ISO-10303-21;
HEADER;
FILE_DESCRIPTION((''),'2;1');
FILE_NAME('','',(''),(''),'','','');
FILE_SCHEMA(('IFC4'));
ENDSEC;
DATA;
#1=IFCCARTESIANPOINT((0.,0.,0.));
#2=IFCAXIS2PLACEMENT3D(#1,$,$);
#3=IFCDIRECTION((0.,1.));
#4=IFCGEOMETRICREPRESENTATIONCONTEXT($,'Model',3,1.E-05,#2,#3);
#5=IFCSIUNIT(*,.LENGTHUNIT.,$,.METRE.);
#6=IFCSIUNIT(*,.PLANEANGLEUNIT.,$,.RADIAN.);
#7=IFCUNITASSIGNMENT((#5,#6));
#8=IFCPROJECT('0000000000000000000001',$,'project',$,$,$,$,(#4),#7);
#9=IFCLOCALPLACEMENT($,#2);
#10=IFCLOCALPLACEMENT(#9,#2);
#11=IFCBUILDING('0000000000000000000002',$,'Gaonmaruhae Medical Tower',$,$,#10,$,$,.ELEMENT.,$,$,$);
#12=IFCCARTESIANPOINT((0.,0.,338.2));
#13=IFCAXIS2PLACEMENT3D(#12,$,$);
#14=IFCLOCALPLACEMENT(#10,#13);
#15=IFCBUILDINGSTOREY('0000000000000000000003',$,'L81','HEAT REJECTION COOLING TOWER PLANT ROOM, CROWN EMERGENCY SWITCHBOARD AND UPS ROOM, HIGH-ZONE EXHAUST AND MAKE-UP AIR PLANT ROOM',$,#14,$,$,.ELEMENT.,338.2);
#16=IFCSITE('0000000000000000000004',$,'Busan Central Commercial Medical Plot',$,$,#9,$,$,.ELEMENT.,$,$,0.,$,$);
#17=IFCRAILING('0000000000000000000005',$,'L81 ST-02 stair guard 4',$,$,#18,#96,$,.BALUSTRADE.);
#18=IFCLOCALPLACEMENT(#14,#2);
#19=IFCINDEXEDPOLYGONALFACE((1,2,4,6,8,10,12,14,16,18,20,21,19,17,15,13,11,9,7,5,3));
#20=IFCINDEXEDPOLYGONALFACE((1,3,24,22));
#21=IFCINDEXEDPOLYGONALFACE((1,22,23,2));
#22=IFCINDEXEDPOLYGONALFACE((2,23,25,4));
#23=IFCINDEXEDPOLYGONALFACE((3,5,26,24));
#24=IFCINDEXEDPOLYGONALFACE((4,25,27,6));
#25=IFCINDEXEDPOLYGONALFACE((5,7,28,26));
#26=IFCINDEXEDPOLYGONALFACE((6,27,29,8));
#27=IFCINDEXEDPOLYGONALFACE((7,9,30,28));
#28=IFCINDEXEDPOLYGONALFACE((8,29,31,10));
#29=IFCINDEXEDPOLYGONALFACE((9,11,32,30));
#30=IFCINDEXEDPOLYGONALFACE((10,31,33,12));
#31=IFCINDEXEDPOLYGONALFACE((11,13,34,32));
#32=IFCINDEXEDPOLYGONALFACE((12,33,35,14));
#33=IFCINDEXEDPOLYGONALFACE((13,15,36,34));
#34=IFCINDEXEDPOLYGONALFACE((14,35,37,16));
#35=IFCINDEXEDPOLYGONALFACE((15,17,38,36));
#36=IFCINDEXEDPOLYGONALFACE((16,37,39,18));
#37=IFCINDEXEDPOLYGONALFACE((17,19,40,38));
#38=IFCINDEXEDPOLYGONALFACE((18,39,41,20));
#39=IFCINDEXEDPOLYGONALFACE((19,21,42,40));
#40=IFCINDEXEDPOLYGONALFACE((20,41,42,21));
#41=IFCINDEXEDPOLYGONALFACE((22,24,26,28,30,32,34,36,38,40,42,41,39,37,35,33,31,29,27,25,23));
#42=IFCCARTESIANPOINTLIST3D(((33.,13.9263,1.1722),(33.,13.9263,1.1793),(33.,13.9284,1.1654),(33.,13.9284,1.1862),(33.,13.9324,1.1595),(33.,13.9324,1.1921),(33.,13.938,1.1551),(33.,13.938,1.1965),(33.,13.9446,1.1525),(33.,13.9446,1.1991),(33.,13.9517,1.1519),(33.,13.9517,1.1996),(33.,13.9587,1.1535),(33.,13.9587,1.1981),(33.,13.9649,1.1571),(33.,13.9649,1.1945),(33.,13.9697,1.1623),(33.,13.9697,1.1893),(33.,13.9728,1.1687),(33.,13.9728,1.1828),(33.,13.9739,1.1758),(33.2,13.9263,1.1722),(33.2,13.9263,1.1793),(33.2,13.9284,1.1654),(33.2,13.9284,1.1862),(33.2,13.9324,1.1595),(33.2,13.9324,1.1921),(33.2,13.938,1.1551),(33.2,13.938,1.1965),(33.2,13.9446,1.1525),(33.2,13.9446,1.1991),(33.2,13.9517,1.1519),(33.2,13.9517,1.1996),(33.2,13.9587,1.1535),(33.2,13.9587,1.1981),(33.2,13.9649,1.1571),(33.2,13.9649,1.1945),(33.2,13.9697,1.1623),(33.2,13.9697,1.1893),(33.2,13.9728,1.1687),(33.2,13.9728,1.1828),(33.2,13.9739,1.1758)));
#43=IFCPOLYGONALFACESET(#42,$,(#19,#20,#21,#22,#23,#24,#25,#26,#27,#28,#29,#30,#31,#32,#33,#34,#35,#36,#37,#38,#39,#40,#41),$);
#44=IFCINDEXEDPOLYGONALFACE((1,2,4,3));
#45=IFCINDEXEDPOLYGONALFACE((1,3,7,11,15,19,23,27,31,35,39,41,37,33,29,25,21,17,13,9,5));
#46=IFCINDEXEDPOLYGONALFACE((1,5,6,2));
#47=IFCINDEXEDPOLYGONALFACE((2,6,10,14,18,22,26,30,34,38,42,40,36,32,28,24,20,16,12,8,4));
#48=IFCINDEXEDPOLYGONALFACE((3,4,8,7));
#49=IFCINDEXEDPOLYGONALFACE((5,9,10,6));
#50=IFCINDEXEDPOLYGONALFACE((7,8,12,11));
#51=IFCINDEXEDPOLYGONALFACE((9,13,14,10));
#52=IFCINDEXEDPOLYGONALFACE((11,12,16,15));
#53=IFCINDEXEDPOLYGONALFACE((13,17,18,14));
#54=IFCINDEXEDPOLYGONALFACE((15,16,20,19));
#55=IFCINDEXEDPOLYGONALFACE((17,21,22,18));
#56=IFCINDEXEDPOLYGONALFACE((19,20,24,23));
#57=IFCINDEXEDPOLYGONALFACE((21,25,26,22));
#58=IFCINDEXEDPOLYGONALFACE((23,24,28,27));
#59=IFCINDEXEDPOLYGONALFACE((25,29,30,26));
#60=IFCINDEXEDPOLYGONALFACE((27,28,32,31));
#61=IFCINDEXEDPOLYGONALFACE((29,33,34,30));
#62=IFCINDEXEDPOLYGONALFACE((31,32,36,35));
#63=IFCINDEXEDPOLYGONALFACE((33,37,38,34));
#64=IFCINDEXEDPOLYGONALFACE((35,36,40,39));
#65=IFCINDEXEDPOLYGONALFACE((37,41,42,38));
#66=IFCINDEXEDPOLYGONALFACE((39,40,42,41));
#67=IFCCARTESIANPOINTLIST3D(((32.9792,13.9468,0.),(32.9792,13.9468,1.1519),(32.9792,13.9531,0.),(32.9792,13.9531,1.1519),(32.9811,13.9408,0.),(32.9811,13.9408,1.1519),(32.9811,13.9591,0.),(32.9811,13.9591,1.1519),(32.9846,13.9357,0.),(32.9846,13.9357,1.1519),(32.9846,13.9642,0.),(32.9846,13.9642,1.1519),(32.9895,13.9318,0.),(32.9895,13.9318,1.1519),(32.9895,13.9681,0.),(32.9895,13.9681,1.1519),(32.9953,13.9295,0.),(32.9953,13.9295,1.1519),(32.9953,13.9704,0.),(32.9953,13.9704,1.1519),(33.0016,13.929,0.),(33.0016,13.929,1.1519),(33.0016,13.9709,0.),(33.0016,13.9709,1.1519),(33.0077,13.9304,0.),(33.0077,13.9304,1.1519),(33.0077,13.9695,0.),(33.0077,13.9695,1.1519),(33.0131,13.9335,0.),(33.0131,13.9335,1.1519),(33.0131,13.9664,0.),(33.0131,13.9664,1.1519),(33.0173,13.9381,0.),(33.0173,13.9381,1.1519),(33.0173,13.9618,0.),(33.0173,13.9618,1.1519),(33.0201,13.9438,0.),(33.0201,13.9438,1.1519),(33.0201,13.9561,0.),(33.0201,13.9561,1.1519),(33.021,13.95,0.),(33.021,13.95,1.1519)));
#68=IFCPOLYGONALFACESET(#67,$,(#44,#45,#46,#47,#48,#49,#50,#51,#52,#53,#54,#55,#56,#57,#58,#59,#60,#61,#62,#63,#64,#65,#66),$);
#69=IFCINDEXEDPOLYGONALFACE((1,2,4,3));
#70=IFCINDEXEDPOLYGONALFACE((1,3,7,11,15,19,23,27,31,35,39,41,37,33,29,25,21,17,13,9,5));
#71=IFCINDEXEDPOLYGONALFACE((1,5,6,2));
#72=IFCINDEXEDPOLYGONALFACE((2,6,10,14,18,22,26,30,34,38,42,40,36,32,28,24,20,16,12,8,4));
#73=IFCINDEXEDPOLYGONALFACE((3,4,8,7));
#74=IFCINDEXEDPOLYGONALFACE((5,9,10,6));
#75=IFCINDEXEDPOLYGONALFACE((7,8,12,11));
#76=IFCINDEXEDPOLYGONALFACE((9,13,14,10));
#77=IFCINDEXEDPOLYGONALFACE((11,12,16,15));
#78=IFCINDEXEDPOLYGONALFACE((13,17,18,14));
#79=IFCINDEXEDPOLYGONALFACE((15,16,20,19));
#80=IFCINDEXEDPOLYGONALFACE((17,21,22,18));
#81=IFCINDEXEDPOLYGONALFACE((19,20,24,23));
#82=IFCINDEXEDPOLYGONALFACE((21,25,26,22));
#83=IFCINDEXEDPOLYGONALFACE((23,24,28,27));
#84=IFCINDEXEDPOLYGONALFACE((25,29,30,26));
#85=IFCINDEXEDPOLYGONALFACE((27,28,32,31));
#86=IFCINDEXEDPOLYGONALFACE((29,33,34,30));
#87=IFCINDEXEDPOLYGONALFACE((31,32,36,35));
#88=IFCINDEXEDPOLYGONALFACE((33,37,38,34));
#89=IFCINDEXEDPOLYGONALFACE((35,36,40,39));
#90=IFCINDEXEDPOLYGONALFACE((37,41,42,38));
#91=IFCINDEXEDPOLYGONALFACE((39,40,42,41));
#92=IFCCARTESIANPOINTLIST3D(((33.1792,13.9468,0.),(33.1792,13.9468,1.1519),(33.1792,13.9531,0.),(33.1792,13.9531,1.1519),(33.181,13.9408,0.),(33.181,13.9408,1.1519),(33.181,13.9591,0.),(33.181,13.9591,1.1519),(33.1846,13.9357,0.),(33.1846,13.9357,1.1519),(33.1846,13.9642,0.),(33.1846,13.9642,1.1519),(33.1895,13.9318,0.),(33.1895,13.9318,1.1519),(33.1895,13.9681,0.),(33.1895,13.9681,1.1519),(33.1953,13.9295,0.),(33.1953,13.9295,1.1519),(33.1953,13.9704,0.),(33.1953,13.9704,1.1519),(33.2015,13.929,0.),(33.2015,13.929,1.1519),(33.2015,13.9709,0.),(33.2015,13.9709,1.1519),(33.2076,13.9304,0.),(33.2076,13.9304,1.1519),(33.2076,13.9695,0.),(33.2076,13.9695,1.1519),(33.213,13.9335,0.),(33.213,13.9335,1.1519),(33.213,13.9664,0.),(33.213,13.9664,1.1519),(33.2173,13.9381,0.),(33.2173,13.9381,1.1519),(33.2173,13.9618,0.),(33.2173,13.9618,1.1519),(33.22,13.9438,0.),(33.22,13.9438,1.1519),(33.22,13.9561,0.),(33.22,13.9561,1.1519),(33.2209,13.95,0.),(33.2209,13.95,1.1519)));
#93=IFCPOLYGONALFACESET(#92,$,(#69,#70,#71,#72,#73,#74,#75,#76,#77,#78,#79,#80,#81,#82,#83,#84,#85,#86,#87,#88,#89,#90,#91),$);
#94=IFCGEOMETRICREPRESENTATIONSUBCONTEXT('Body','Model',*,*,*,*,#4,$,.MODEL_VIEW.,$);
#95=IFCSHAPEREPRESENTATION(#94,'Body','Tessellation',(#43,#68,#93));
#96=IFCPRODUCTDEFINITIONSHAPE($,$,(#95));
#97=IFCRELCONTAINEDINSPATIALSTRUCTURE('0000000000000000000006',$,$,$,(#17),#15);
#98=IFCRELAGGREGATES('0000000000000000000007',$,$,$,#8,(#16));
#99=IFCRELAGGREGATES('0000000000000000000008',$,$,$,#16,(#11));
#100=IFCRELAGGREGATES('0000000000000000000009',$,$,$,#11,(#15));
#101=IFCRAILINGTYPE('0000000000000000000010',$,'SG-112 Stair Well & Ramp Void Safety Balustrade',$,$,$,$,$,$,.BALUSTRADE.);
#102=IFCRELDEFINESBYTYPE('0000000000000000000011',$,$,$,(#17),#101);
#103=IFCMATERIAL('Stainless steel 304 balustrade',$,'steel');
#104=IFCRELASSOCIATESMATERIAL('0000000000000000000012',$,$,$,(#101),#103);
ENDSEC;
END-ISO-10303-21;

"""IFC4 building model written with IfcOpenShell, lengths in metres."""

from ifc_helpers import new_model, si_unit, direction, frame, origin, origin_2d, place, context, subcontext, project, spatial, circle, extrude, material, type_object, element, save


model = new_model("IFC4")

# Units and contexts
model_context = context("Model", 3, precision=1e-05, world=origin(), true_north=direction((0.0, 1.0)))
body_context = subcontext(model_context, "Body", "Model", "MODEL_VIEW")
ifc_project = project(units=[si_unit("LENGTHUNIT", "METRE"), si_unit("PLANEANGLEUNIT", "RADIAN")], contexts=[model_context])

# Site, building, storey
site_placement = place(None, origin())
site = spatial("IfcSite", under=ifc_project, at=site_placement, Name="Busan Central Commercial Medical Plot", CompositionType="ELEMENT", RefElevation=0.0)
building_placement = place(site_placement, origin())
building = spatial("IfcBuilding", under=site, at=building_placement, Name="Gaonmaruhae Medical Tower", CompositionType="ELEMENT")
storey_placement = place(building_placement, frame((0.0, 0.0, 338.2)))
storey = spatial("IfcBuildingStorey", under=building, at=storey_placement, Name="L81", Description="HEAT REJECTION COOLING TOWER PLANT ROOM, CROWN EMERGENCY SWITCHBOARD AND UPS ROOM, HIGH-ZONE EXHAUST AND MAKE-UP AIR PLANT ROOM", CompositionType="ELEMENT", Elevation=338.2)

# Railing
ifc_material_1 = material(Name="Stainless steel 304 balustrade", Category="steel")
railing_type_1 = type_object("IfcRailingType", Name="SG-112 Stair Well & Ramp Void Safety Balustrade", PredefinedType="BALUSTRADE", material=ifc_material_1)
railing_1_placement = place(storey_placement, frame((33.0, 13.95, 0.0)))
element("IfcRailing", 1, at=railing_1_placement, inside=storey, type_object=railing_type_1, Name="L81 ST-02 stair guard 4", PredefinedType="BALUSTRADE", context=body_context, shape_type="SweptSolid", body=[
    extrude(circle(Radius=0.0239, at=origin_2d()), frame((0.0, 0.0, 1.1758), z_axis=(1.0, 0.0, 0.0), x_axis=(0.0, 1.0, 0.0)), (0.0, 0.0, 1.0), 0.2),
    extrude(circle(Radius=0.021, at=origin_2d()), origin(), (0.0, 0.0, 1.0), 1.1519),
    extrude(circle(Radius=0.021, at=origin_2d()), frame((0.2, 0.0, 0.0)), (0.0, 0.0, 1.0), 1.1519),
])

save(model, "model.ifc")
